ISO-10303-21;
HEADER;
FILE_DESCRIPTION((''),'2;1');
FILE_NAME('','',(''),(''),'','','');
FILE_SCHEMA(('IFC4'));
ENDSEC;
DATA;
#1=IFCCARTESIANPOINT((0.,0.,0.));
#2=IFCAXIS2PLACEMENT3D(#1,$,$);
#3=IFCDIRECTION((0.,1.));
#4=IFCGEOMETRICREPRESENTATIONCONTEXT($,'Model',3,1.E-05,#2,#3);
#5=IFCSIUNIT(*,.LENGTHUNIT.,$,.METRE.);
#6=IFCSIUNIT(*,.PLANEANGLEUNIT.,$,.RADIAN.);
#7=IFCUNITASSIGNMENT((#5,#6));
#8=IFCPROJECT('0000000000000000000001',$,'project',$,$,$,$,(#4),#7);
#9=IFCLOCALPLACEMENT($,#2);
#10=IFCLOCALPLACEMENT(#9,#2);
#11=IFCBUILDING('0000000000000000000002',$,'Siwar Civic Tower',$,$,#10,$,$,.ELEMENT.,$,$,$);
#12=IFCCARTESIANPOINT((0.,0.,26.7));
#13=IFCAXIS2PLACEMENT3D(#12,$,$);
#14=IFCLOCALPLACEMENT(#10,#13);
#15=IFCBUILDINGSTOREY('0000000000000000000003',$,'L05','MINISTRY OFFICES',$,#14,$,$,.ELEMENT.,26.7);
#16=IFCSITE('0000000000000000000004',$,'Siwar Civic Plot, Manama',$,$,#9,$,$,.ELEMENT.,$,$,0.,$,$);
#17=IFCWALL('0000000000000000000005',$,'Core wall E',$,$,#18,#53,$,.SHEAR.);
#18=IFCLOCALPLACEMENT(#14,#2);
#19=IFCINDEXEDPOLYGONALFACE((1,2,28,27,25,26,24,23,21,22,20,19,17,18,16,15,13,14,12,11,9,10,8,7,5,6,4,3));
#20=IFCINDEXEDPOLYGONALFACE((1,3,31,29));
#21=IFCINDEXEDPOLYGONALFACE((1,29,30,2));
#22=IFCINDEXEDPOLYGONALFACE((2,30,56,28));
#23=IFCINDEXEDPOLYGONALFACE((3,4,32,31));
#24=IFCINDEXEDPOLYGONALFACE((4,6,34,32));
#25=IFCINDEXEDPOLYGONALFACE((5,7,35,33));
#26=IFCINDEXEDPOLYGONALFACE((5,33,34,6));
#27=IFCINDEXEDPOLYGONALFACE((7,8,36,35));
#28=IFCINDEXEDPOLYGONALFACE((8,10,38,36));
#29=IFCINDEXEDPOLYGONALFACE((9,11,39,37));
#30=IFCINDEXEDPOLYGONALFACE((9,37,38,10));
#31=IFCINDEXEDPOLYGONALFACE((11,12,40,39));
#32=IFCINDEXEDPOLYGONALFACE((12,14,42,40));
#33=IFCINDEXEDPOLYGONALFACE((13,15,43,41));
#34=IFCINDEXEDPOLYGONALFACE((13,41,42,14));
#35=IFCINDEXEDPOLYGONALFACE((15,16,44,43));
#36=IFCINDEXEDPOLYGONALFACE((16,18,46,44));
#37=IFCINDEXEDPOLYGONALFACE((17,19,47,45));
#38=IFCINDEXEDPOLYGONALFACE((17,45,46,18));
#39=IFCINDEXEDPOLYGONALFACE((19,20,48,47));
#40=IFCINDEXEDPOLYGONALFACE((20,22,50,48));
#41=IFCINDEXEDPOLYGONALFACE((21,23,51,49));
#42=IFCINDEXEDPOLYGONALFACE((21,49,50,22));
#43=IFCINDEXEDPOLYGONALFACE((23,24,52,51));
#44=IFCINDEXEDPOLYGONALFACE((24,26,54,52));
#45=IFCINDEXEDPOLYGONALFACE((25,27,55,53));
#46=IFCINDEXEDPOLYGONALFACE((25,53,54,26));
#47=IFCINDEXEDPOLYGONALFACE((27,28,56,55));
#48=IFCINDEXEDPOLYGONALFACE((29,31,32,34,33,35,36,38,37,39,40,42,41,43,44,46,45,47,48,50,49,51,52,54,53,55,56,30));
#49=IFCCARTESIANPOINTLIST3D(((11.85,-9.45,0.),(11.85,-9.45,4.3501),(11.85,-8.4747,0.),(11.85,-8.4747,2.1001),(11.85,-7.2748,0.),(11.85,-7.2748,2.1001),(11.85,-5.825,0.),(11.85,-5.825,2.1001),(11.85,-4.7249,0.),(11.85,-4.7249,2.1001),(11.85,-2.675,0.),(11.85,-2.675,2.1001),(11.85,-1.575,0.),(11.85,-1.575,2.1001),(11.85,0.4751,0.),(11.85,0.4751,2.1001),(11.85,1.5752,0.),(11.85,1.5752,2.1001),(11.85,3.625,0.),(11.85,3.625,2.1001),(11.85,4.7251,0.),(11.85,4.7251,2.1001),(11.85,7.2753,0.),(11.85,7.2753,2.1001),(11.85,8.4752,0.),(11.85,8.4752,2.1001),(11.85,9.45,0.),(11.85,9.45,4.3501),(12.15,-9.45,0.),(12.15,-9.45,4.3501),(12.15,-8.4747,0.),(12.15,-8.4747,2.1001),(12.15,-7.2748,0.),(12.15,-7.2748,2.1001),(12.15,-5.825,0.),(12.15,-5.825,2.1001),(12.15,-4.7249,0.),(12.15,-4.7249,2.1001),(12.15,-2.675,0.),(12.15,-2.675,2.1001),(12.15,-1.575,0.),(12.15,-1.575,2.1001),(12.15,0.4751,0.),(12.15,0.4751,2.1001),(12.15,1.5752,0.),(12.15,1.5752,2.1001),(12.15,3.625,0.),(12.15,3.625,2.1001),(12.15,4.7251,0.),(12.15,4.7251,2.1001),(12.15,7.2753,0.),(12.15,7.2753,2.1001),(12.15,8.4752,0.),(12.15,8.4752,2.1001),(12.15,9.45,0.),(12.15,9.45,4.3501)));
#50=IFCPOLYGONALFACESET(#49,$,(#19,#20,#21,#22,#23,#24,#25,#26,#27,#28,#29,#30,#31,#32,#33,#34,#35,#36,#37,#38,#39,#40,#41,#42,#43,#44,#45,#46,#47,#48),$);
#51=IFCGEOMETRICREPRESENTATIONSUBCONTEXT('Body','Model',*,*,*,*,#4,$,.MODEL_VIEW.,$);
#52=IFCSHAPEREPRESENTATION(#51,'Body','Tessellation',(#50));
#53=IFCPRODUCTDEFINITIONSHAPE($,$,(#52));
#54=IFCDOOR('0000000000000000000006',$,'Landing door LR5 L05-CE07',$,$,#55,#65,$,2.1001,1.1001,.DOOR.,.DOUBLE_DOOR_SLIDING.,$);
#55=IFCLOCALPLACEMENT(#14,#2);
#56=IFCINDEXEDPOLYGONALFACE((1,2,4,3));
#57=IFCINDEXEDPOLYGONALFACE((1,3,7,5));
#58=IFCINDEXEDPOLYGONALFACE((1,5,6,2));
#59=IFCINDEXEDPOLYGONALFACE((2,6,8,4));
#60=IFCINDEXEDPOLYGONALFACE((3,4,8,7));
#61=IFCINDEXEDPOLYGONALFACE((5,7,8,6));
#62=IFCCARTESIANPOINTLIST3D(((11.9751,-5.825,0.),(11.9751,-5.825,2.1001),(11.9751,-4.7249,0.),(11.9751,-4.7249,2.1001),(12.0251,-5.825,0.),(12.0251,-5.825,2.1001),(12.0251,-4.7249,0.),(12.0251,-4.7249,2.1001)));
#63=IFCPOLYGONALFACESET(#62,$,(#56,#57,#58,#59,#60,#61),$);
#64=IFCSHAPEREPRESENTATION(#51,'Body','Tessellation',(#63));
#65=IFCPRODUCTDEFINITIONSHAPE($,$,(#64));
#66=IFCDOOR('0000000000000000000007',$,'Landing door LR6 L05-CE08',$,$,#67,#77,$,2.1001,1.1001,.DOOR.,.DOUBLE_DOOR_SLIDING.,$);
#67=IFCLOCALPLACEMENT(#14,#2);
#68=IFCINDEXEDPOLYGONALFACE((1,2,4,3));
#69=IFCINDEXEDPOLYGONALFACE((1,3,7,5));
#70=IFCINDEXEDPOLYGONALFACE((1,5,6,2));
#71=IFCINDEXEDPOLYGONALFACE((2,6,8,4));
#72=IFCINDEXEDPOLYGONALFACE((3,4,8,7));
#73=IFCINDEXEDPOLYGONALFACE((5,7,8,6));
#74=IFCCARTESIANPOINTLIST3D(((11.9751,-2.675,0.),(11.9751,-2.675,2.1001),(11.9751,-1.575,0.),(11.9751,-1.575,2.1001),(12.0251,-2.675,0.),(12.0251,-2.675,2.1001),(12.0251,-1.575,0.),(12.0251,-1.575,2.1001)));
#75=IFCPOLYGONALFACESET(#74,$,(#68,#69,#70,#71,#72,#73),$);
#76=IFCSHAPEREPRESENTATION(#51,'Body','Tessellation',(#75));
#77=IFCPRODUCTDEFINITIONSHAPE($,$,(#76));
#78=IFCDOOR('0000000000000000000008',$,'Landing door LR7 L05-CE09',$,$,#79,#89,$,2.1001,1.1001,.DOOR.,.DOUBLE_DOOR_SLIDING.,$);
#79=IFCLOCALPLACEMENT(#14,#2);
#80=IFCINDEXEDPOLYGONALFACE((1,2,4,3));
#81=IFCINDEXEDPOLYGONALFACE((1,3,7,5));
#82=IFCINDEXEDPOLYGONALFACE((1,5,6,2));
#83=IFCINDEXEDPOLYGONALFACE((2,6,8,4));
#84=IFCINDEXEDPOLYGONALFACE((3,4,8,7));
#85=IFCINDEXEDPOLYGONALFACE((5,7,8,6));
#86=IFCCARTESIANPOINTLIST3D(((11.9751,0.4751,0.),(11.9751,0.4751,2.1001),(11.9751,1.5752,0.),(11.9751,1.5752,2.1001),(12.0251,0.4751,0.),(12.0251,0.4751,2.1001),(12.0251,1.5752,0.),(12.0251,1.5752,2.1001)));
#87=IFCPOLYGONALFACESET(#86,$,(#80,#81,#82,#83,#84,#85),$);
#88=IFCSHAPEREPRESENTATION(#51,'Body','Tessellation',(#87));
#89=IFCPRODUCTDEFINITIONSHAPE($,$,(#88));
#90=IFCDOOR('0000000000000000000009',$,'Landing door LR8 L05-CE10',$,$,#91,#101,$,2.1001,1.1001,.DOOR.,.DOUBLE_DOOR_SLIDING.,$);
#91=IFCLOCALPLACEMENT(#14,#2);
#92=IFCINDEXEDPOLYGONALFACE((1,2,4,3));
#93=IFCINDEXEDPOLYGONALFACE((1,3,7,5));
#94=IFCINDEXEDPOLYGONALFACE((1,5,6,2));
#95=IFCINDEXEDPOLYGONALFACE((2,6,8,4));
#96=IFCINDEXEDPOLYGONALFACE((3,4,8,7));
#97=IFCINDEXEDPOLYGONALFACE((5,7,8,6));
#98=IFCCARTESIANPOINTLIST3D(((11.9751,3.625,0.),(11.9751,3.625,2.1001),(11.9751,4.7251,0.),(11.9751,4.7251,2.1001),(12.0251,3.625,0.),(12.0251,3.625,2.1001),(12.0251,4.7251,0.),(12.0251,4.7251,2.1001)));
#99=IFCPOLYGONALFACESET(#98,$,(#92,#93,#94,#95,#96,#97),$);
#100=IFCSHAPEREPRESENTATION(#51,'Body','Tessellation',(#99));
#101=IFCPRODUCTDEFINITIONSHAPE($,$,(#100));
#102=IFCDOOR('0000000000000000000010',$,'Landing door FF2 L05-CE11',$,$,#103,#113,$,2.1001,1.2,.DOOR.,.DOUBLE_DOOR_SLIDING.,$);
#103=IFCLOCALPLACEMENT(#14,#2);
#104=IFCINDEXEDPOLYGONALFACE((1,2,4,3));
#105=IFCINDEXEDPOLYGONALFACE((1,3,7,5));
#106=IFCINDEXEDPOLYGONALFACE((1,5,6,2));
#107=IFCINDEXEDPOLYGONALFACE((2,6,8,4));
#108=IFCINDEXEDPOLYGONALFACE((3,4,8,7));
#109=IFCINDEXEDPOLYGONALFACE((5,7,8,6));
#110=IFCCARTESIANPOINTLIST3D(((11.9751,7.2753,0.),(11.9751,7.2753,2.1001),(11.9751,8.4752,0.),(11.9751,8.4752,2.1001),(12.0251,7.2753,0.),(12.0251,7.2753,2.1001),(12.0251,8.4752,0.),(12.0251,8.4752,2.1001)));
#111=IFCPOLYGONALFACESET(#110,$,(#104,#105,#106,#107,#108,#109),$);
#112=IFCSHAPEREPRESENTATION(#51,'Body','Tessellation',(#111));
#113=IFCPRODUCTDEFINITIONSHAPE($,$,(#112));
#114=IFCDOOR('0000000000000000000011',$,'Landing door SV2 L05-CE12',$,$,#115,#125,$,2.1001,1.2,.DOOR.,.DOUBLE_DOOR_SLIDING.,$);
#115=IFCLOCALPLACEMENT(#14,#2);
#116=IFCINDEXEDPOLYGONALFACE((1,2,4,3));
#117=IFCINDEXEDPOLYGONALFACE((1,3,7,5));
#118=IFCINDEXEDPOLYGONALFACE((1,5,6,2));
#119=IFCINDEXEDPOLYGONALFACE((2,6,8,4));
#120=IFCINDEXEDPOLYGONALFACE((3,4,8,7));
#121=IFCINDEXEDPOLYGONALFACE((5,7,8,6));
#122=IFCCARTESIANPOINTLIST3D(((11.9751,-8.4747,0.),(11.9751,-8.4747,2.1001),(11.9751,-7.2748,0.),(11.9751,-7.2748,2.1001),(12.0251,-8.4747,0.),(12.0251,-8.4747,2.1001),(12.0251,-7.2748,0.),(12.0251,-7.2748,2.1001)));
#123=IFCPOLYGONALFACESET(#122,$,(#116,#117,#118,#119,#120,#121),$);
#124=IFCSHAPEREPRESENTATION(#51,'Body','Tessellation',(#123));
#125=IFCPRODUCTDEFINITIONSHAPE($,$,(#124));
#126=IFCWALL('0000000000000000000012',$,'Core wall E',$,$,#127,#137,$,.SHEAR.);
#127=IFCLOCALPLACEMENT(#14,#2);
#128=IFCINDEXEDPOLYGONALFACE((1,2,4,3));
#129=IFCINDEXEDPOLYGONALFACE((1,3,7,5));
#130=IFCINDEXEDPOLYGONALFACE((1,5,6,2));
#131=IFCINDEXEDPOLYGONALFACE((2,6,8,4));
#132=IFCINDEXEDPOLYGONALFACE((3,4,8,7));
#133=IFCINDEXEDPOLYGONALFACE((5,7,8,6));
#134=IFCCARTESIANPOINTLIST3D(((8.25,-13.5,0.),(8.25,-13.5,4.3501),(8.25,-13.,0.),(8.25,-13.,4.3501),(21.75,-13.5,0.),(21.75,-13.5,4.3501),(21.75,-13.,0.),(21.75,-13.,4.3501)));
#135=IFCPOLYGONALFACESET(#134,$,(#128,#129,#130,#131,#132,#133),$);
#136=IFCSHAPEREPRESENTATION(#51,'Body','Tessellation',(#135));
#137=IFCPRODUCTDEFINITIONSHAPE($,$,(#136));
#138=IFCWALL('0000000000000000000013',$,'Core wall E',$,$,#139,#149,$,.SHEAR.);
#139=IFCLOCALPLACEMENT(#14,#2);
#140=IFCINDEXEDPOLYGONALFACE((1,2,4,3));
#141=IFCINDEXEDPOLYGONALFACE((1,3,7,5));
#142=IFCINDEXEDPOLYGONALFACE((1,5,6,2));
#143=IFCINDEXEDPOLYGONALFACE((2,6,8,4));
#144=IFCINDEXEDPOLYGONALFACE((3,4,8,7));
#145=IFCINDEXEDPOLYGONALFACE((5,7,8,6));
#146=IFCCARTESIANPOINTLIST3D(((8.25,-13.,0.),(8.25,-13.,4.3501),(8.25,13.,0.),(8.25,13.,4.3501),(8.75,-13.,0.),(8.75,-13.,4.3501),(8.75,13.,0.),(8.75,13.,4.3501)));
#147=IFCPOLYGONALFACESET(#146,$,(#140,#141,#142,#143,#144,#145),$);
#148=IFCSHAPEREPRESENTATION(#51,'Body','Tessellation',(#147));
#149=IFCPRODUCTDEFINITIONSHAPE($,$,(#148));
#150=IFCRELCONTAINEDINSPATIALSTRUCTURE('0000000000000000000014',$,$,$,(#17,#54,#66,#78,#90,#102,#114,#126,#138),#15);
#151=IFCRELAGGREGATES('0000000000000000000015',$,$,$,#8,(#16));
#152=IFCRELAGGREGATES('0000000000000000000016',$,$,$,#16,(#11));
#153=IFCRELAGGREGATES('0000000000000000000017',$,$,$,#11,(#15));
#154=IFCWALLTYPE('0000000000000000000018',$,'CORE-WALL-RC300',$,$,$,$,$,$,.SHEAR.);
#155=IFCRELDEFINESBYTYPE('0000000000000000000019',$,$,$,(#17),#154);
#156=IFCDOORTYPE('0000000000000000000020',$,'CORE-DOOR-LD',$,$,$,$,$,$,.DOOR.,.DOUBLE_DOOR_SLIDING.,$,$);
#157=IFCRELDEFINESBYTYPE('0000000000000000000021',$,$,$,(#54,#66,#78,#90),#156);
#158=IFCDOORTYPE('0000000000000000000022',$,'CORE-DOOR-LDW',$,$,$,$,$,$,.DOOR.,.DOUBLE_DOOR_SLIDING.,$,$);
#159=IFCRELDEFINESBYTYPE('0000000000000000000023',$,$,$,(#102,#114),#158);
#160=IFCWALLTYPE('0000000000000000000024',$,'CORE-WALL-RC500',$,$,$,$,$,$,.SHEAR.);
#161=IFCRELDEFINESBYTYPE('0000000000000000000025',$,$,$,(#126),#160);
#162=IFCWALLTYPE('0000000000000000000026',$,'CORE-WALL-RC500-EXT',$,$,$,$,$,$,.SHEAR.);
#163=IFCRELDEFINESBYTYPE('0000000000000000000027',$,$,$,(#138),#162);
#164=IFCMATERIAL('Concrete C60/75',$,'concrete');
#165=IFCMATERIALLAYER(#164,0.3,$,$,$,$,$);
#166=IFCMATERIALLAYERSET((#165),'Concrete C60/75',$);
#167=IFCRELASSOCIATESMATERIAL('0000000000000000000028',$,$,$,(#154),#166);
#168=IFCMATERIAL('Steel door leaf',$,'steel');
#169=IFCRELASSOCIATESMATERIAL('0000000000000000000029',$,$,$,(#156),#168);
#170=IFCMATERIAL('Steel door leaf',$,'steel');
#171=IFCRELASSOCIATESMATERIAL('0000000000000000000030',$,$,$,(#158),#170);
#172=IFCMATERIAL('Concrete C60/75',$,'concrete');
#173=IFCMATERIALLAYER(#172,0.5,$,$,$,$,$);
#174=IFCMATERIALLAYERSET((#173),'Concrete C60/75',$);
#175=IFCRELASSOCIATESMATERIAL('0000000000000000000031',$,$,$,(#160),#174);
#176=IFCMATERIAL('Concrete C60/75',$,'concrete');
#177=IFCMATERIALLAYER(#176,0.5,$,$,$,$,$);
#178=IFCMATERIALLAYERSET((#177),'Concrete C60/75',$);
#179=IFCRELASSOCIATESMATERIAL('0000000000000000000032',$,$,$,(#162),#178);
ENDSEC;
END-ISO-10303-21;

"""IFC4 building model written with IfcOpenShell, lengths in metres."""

from ifc_helpers import new_model, si_unit, direction, frame, frame_2d, origin, place, context, subcontext, project, spatial, rectangle, extrude, material, layer, layer_set, type_object, element, fill, save


model = new_model("IFC4")

# Units and contexts
model_context = context("Model", 3, precision=1e-05, world=origin(), true_north=direction((0.0, 1.0)))
body_context = subcontext(model_context, "Body", "Model", "MODEL_VIEW")
ifc_project = project(units=[si_unit("LENGTHUNIT", "METRE"), si_unit("PLANEANGLEUNIT", "RADIAN")], contexts=[model_context])

# Site, building, storey
site_placement = place(None, origin())
site = spatial("IfcSite", under=ifc_project, at=site_placement, Name="Siwar Civic Plot, Manama", CompositionType="ELEMENT", RefElevation=0.0)
building_placement = place(site_placement, origin())
building = spatial("IfcBuilding", under=site, at=building_placement, Name="Siwar Civic Tower", CompositionType="ELEMENT")
storey_placement = place(building_placement, frame((0.0, 0.0, 26.7)))
storey = spatial("IfcBuildingStorey", under=building, at=storey_placement, Name="L05", Description="MINISTRY OFFICES", CompositionType="ELEMENT", Elevation=26.7)

# Wall, openings, doors
ifc_material_1 = material(Name="Concrete C60/75", Category="concrete")
ifc_layer_1 = layer(ifc_material_1, 0.3)
ifc_layer_set_1 = layer_set([ifc_layer_1], Name="Concrete C60/75")
wall_type_1 = type_object("IfcWallType", Name="CORE-WALL-RC300", PredefinedType="SHEAR", material=ifc_layer_set_1)
wall_1_placement = place(storey_placement, frame((12.0, -9.45, 0.0), z_axis=(0.0, 0.0, 1.0), x_axis=(0.0, 1.0, 0.0)))
wall_1 = element("IfcWall", 1, at=wall_1_placement, inside=storey, type_object=wall_type_1, Name="Core wall E", PredefinedType="SHEAR", context=body_context, shape_type="SweptSolid", body=[
    extrude(rectangle(XDim=18.8999, YDim=0.3, at=frame_2d((9.45, 0.0))), origin(), (0.0, 0.0, 1.0), 4.3501),
])
opening_1_placement = place(wall_1_placement, frame((3.625, 0.0, 0.0)))
opening_1 = element("IfcOpeningElement", 2, at=opening_1_placement, cuts=wall_1, PredefinedType="OPENING", context=body_context, shape_type="SweptSolid", body=[
    extrude(rectangle(XDim=1.1001, YDim=2.1001, at=frame_2d((0.55, 1.05))), frame((0.0, 0.1602, 0.0), z_axis=(0.0, -1.0, 0.0), x_axis=(1.0, 0.0, 0.0)), (0.0, 0.0, 1.0), 0.3201),
])
opening_2_placement = place(wall_1_placement, frame((6.7749, 0.0, 0.0)))
opening_2 = element("IfcOpeningElement", 3, at=opening_2_placement, cuts=wall_1, PredefinedType="OPENING", context=body_context, shape_type="SweptSolid", body=[
    extrude(rectangle(XDim=1.1001, YDim=2.1001, at=frame_2d((0.55, 1.05))), frame((0.0, 0.1602, 0.0), z_axis=(0.0, -1.0, 0.0), x_axis=(1.0, 0.0, 0.0)), (0.0, 0.0, 1.0), 0.3201),
])
opening_3_placement = place(wall_1_placement, frame((9.925, 0.0, 0.0)))
opening_3 = element("IfcOpeningElement", 4, at=opening_3_placement, cuts=wall_1, PredefinedType="OPENING", context=body_context, shape_type="SweptSolid", body=[
    extrude(rectangle(XDim=1.1001, YDim=2.1001, at=frame_2d((0.55, 1.05))), frame((0.0, 0.1602, 0.0), z_axis=(0.0, -1.0, 0.0), x_axis=(1.0, 0.0, 0.0)), (0.0, 0.0, 1.0), 0.3201),
])
opening_4_placement = place(wall_1_placement, frame((13.075, 0.0, 0.0)))
opening_4 = element("IfcOpeningElement", 5, at=opening_4_placement, cuts=wall_1, PredefinedType="OPENING", context=body_context, shape_type="SweptSolid", body=[
    extrude(rectangle(XDim=1.1001, YDim=2.1001, at=frame_2d((0.55, 1.05))), frame((0.0, 0.1602, 0.0), z_axis=(0.0, -1.0, 0.0), x_axis=(1.0, 0.0, 0.0)), (0.0, 0.0, 1.0), 0.3201),
])
opening_5_placement = place(wall_1_placement, frame((16.7251, 0.0, 0.0)))
opening_5 = element("IfcOpeningElement", 6, at=opening_5_placement, cuts=wall_1, PredefinedType="OPENING", context=body_context, shape_type="SweptSolid", body=[
    extrude(rectangle(XDim=1.2, YDim=2.1001, at=frame_2d((0.6001, 1.05))), frame((0.0, 0.1602, 0.0), z_axis=(0.0, -1.0, 0.0), x_axis=(1.0, 0.0, 0.0)), (0.0, 0.0, 1.0), 0.3201),
])
opening_6_placement = place(wall_1_placement, frame((0.9751, 0.0, 0.0)))
opening_6 = element("IfcOpeningElement", 7, at=opening_6_placement, cuts=wall_1, PredefinedType="OPENING", context=body_context, shape_type="SweptSolid", body=[
    extrude(rectangle(XDim=1.2, YDim=2.1001, at=frame_2d((0.6001, 1.05))), frame((0.0, 0.1602, 0.0), z_axis=(0.0, -1.0, 0.0), x_axis=(1.0, 0.0, 0.0)), (0.0, 0.0, 1.0), 0.3201),
])
ifc_material_2 = material(Name="Steel door leaf", Category="steel")
door_type_1 = type_object("IfcDoorType", Name="CORE-DOOR-LD", OperationType="DOUBLE_DOOR_SLIDING", PredefinedType="DOOR", material=ifc_material_2)
door_1_placement = place(opening_1_placement, origin())
door_1 = element("IfcDoor", 8, at=door_1_placement, inside=storey, type_object=door_type_1, Name="Landing door LR5 L05-CE07", OperationType="DOUBLE_DOOR_SLIDING", OverallHeight=2.1001, OverallWidth=1.1001, PredefinedType="DOOR", context=body_context, shape_type="SweptSolid", body=[
    extrude(rectangle(XDim=1.1001, YDim=2.1001, at=frame_2d((0.55, 1.05))), frame((0.0, 0.0249, 0.0), z_axis=(0.0, -1.0, 0.0), x_axis=(1.0, 0.0, 0.0)), (0.0, 0.0, 1.0), 0.05),
])
fill(opening_1, door_1)
door_2_placement = place(opening_2_placement, origin())
door_2 = element("IfcDoor", 9, at=door_2_placement, inside=storey, type_object=door_type_1, Name="Landing door LR6 L05-CE08", OperationType="DOUBLE_DOOR_SLIDING", OverallHeight=2.1001, OverallWidth=1.1001, PredefinedType="DOOR", context=body_context, shape_type="SweptSolid", body=[
    extrude(rectangle(XDim=1.1001, YDim=2.1001, at=frame_2d((0.55, 1.05))), frame((0.0, 0.0249, 0.0), z_axis=(0.0, -1.0, 0.0), x_axis=(1.0, 0.0, 0.0)), (0.0, 0.0, 1.0), 0.05),
])
fill(opening_2, door_2)
door_3_placement = place(opening_3_placement, origin())
door_3 = element("IfcDoor", 10, at=door_3_placement, inside=storey, type_object=door_type_1, Name="Landing door LR7 L05-CE09", OperationType="DOUBLE_DOOR_SLIDING", OverallHeight=2.1001, OverallWidth=1.1001, PredefinedType="DOOR", context=body_context, shape_type="SweptSolid", body=[
    extrude(rectangle(XDim=1.1001, YDim=2.1001, at=frame_2d((0.55, 1.05))), frame((0.0, 0.0249, 0.0), z_axis=(0.0, -1.0, 0.0), x_axis=(1.0, 0.0, 0.0)), (0.0, 0.0, 1.0), 0.05),
])
fill(opening_3, door_3)
door_4_placement = place(opening_4_placement, origin())
door_4 = element("IfcDoor", 11, at=door_4_placement, inside=storey, type_object=door_type_1, Name="Landing door LR8 L05-CE10", OperationType="DOUBLE_DOOR_SLIDING", OverallHeight=2.1001, OverallWidth=1.1001, PredefinedType="DOOR", context=body_context, shape_type="SweptSolid", body=[
    extrude(rectangle(XDim=1.1001, YDim=2.1001, at=frame_2d((0.55, 1.05))), frame((0.0, 0.0249, 0.0), z_axis=(0.0, -1.0, 0.0), x_axis=(1.0, 0.0, 0.0)), (0.0, 0.0, 1.0), 0.05),
])
fill(opening_4, door_4)
ifc_material_3 = material(Name="Steel door leaf", Category="steel")
door_type_2 = type_object("IfcDoorType", Name="CORE-DOOR-LDW", OperationType="DOUBLE_DOOR_SLIDING", PredefinedType="DOOR", material=ifc_material_3)
door_5_placement = place(opening_5_placement, origin())
door_5 = element("IfcDoor", 12, at=door_5_placement, inside=storey, type_object=door_type_2, Name="Landing door FF2 L05-CE11", OperationType="DOUBLE_DOOR_SLIDING", OverallHeight=2.1001, OverallWidth=1.2, PredefinedType="DOOR", context=body_context, shape_type="SweptSolid", body=[
    extrude(rectangle(XDim=1.2, YDim=2.1001, at=frame_2d((0.6001, 1.05))), frame((0.0, 0.0249, 0.0), z_axis=(0.0, -1.0, 0.0), x_axis=(1.0, 0.0, 0.0)), (0.0, 0.0, 1.0), 0.05),
])
fill(opening_5, door_5)
door_6_placement = place(opening_6_placement, origin())
door_6 = element("IfcDoor", 13, at=door_6_placement, inside=storey, type_object=door_type_2, Name="Landing door SV2 L05-CE12", OperationType="DOUBLE_DOOR_SLIDING", OverallHeight=2.1001, OverallWidth=1.2, PredefinedType="DOOR", context=body_context, shape_type="SweptSolid", body=[
    extrude(rectangle(XDim=1.2, YDim=2.1001, at=frame_2d((0.6001, 1.05))), frame((0.0, 0.0249, 0.0), z_axis=(0.0, -1.0, 0.0), x_axis=(1.0, 0.0, 0.0)), (0.0, 0.0, 1.0), 0.05),
])
fill(opening_6, door_6)

# Walls
ifc_material_4 = material(Name="Concrete C60/75", Category="concrete")
ifc_layer_2 = layer(ifc_material_4, 0.5)
ifc_layer_set_2 = layer_set([ifc_layer_2], Name="Concrete C60/75")
wall_type_2 = type_object("IfcWallType", Name="CORE-WALL-RC500", PredefinedType="SHEAR", material=ifc_layer_set_2)
wall_2_placement = place(storey_placement, frame((8.25, -13.25, 0.0), z_axis=(0.0, 0.0, 1.0), x_axis=(1.0, 0.0, 0.0)))
element("IfcWall", 14, at=wall_2_placement, inside=storey, type_object=wall_type_2, Name="Core wall E", PredefinedType="SHEAR", context=body_context, shape_type="SweptSolid", body=[
    extrude(rectangle(XDim=13.5, YDim=0.5, at=frame_2d((6.75, 0.0))), origin(), (0.0, 0.0, 1.0), 4.3501),
])
ifc_material_5 = material(Name="Concrete C60/75", Category="concrete")
ifc_layer_3 = layer(ifc_material_5, 0.5)
ifc_layer_set_3 = layer_set([ifc_layer_3], Name="Concrete C60/75")
wall_type_3 = type_object("IfcWallType", Name="CORE-WALL-RC500-EXT", PredefinedType="SHEAR", material=ifc_layer_set_3)
wall_3_placement = place(storey_placement, frame((8.5, -13.0, 0.0), z_axis=(0.0, 0.0, 1.0), x_axis=(0.0, 1.0, 0.0)))
element("IfcWall", 15, at=wall_3_placement, inside=storey, type_object=wall_type_3, Name="Core wall E", PredefinedType="SHEAR", context=body_context, shape_type="SweptSolid", body=[
    extrude(rectangle(XDim=26.0, YDim=0.5, at=frame_2d((13.0, 0.0))), origin(), (0.0, 0.0, 1.0), 4.3501),
])

save(model, "model.ifc")
